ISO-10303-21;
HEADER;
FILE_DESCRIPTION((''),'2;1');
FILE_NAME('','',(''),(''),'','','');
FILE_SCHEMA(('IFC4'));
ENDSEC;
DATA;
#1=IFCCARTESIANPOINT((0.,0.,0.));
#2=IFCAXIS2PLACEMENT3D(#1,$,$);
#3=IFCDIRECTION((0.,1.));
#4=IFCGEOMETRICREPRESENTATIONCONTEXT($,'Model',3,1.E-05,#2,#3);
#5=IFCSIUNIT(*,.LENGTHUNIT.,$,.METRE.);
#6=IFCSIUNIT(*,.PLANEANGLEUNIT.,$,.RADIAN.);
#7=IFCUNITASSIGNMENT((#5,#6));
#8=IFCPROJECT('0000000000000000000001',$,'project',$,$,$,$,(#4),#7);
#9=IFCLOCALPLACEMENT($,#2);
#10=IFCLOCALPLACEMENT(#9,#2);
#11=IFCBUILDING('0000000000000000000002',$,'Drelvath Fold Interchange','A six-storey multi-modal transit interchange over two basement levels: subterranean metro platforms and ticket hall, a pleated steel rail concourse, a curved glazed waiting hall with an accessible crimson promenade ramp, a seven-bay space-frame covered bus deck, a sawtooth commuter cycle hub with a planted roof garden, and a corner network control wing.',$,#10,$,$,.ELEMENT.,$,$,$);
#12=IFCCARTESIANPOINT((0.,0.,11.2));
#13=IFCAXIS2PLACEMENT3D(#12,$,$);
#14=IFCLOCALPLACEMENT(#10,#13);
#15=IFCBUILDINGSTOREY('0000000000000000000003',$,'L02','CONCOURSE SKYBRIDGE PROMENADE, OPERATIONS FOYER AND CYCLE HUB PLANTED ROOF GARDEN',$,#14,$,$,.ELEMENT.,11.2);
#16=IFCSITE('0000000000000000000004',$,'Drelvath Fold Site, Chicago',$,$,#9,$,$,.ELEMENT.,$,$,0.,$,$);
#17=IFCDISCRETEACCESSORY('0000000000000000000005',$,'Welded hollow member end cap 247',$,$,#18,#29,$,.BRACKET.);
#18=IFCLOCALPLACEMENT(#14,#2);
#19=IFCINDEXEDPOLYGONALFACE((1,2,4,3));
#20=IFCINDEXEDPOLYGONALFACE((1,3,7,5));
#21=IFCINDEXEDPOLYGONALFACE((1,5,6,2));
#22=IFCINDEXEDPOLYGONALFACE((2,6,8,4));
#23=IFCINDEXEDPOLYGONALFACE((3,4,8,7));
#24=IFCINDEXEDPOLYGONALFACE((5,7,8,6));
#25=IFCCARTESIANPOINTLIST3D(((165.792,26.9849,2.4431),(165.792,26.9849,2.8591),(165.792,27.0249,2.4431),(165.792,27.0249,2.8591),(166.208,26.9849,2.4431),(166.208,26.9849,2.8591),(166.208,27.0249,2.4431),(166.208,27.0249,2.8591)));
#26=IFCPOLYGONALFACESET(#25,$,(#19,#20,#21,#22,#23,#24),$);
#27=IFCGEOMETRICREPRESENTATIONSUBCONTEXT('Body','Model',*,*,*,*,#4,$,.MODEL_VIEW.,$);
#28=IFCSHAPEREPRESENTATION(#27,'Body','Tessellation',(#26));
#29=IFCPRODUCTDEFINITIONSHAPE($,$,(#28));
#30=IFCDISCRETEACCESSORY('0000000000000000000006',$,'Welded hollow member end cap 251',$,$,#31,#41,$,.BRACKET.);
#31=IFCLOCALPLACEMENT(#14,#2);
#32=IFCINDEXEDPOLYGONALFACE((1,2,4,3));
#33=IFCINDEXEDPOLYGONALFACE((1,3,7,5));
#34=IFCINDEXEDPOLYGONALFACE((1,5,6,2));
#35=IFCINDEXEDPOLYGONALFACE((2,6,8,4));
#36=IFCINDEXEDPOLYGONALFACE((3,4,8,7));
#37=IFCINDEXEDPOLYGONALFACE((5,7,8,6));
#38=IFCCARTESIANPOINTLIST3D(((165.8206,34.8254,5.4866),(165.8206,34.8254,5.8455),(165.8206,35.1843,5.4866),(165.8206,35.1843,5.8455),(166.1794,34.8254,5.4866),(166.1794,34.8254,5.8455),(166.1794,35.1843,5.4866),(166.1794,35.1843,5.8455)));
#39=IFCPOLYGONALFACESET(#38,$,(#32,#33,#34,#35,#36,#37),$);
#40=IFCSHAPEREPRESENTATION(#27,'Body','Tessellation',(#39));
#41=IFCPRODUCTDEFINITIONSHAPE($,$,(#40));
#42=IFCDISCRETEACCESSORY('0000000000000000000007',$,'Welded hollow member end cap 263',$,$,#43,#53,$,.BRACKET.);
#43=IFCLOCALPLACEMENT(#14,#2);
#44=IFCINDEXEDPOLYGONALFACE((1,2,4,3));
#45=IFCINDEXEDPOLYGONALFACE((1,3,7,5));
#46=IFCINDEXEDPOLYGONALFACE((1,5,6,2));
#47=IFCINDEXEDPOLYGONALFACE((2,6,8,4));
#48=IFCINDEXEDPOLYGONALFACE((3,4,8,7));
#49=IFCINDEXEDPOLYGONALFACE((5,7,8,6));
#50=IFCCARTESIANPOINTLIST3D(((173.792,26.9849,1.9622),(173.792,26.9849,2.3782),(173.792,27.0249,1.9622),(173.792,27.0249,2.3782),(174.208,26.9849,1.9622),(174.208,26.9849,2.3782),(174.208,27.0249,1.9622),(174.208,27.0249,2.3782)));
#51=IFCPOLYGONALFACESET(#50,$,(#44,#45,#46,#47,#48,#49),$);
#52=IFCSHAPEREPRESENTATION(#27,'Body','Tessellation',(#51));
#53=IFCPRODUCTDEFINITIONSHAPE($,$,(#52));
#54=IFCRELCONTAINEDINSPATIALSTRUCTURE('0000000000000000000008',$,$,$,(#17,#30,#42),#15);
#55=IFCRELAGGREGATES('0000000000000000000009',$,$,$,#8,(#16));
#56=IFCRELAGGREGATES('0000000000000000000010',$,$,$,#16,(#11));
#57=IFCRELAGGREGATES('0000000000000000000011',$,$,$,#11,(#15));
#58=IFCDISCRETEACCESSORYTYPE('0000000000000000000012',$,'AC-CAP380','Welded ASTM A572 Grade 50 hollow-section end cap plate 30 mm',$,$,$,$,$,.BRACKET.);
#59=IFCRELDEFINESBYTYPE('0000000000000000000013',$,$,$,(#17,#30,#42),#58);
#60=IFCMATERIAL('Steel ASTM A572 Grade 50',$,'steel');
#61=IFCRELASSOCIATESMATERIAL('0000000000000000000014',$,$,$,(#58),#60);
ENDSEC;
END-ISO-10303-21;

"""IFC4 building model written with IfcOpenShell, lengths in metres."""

from ifc_helpers import new_model, si_unit, direction, frame, origin, origin_2d, place, context, subcontext, project, spatial, rectangle, extrude, material, type_object, element, save


model = new_model("IFC4")

# Units and contexts
model_context = context("Model", 3, precision=1e-05, world=origin(), true_north=direction((0.0, 1.0)))
body_context = subcontext(model_context, "Body", "Model", "MODEL_VIEW")
ifc_project = project(units=[si_unit("LENGTHUNIT", "METRE"), si_unit("PLANEANGLEUNIT", "RADIAN")], contexts=[model_context])

# Site, building, storey
site_placement = place(None, origin())
site = spatial("IfcSite", under=ifc_project, at=site_placement, Name="Drelvath Fold Site, Chicago", CompositionType="ELEMENT", RefElevation=0.0)
building_placement = place(site_placement, origin())
building = spatial("IfcBuilding", under=site, at=building_placement, Name="Drelvath Fold Interchange", Description="A six-storey multi-modal transit interchange over two basement levels: subterranean metro platforms and ticket hall, a pleated steel rail concourse, a curved glazed waiting hall with an accessible crimson promenade ramp, a seven-bay space-frame covered bus deck, a sawtooth commuter cycle hub with a planted roof garden, and a corner network control wing.", CompositionType="ELEMENT")
storey_placement = place(building_placement, frame((0.0, 0.0, 11.2)))
storey = spatial("IfcBuildingStorey", under=building, at=storey_placement, Name="L02", Description="CONCOURSE SKYBRIDGE PROMENADE, OPERATIONS FOYER AND CYCLE HUB PLANTED ROOF GARDEN", CompositionType="ELEMENT", Elevation=11.2)

# Shared definitions
ifc_material_1 = material(Name="Steel ASTM A572 Grade 50", Category="steel")

# Discrete accessories
discrete_accessory_type = type_object("IfcDiscreteAccessoryType", Name="AC-CAP380", Description="Welded ASTM A572 Grade 50 hollow-section end cap plate 30 mm", PredefinedType="BRACKET", material=ifc_material_1)
for number, where, z_axis, x_axis, name in (
    (1, (166.0, 27.0049, 2.4431), (0.0, 0.0, 1.0), (1.0, 0.0, 0.0), "Welded hollow member end cap 247"),
):
    element("IfcDiscreteAccessory", number, at=place(storey_placement, frame(where, z_axis=z_axis, x_axis=x_axis)), inside=storey, type_object=discrete_accessory_type, Name=name, PredefinedType="BRACKET", context=body_context, shape_type="SweptSolid", body=[
        extrude(rectangle(XDim=0.416, YDim=0.04, at=origin_2d()), origin(), (0.0, 0.0, 1.0), 0.416),
    ])
discrete_accessory_1_placement = place(storey_placement, frame((166.0, 35.0049, 5.4866), z_axis=(0.0, 0.0, 1.0), x_axis=(1.0, 0.0, 0.0)))
element("IfcDiscreteAccessory", 2, at=discrete_accessory_1_placement, inside=storey, type_object=discrete_accessory_type, Name="Welded hollow member end cap 251", PredefinedType="BRACKET", context=body_context, shape_type="SweptSolid", body=[
    extrude(rectangle(XDim=0.3589, YDim=0.3589, at=origin_2d()), origin(), (0.0, 0.0, 1.0), 0.3589),
])
discrete_accessory_2_placement = place(storey_placement, frame((174.0, 27.0049, 1.9622), z_axis=(0.0, 0.0, 1.0), x_axis=(1.0, 0.0, 0.0)))
element("IfcDiscreteAccessory", 3, at=discrete_accessory_2_placement, inside=storey, type_object=discrete_accessory_type, Name="Welded hollow member end cap 263", PredefinedType="BRACKET", context=body_context, shape_type="SweptSolid", body=[
    extrude(rectangle(XDim=0.416, YDim=0.04, at=origin_2d()), origin(), (0.0, 0.0, 1.0), 0.416),
])

save(model, "model.ifc")
